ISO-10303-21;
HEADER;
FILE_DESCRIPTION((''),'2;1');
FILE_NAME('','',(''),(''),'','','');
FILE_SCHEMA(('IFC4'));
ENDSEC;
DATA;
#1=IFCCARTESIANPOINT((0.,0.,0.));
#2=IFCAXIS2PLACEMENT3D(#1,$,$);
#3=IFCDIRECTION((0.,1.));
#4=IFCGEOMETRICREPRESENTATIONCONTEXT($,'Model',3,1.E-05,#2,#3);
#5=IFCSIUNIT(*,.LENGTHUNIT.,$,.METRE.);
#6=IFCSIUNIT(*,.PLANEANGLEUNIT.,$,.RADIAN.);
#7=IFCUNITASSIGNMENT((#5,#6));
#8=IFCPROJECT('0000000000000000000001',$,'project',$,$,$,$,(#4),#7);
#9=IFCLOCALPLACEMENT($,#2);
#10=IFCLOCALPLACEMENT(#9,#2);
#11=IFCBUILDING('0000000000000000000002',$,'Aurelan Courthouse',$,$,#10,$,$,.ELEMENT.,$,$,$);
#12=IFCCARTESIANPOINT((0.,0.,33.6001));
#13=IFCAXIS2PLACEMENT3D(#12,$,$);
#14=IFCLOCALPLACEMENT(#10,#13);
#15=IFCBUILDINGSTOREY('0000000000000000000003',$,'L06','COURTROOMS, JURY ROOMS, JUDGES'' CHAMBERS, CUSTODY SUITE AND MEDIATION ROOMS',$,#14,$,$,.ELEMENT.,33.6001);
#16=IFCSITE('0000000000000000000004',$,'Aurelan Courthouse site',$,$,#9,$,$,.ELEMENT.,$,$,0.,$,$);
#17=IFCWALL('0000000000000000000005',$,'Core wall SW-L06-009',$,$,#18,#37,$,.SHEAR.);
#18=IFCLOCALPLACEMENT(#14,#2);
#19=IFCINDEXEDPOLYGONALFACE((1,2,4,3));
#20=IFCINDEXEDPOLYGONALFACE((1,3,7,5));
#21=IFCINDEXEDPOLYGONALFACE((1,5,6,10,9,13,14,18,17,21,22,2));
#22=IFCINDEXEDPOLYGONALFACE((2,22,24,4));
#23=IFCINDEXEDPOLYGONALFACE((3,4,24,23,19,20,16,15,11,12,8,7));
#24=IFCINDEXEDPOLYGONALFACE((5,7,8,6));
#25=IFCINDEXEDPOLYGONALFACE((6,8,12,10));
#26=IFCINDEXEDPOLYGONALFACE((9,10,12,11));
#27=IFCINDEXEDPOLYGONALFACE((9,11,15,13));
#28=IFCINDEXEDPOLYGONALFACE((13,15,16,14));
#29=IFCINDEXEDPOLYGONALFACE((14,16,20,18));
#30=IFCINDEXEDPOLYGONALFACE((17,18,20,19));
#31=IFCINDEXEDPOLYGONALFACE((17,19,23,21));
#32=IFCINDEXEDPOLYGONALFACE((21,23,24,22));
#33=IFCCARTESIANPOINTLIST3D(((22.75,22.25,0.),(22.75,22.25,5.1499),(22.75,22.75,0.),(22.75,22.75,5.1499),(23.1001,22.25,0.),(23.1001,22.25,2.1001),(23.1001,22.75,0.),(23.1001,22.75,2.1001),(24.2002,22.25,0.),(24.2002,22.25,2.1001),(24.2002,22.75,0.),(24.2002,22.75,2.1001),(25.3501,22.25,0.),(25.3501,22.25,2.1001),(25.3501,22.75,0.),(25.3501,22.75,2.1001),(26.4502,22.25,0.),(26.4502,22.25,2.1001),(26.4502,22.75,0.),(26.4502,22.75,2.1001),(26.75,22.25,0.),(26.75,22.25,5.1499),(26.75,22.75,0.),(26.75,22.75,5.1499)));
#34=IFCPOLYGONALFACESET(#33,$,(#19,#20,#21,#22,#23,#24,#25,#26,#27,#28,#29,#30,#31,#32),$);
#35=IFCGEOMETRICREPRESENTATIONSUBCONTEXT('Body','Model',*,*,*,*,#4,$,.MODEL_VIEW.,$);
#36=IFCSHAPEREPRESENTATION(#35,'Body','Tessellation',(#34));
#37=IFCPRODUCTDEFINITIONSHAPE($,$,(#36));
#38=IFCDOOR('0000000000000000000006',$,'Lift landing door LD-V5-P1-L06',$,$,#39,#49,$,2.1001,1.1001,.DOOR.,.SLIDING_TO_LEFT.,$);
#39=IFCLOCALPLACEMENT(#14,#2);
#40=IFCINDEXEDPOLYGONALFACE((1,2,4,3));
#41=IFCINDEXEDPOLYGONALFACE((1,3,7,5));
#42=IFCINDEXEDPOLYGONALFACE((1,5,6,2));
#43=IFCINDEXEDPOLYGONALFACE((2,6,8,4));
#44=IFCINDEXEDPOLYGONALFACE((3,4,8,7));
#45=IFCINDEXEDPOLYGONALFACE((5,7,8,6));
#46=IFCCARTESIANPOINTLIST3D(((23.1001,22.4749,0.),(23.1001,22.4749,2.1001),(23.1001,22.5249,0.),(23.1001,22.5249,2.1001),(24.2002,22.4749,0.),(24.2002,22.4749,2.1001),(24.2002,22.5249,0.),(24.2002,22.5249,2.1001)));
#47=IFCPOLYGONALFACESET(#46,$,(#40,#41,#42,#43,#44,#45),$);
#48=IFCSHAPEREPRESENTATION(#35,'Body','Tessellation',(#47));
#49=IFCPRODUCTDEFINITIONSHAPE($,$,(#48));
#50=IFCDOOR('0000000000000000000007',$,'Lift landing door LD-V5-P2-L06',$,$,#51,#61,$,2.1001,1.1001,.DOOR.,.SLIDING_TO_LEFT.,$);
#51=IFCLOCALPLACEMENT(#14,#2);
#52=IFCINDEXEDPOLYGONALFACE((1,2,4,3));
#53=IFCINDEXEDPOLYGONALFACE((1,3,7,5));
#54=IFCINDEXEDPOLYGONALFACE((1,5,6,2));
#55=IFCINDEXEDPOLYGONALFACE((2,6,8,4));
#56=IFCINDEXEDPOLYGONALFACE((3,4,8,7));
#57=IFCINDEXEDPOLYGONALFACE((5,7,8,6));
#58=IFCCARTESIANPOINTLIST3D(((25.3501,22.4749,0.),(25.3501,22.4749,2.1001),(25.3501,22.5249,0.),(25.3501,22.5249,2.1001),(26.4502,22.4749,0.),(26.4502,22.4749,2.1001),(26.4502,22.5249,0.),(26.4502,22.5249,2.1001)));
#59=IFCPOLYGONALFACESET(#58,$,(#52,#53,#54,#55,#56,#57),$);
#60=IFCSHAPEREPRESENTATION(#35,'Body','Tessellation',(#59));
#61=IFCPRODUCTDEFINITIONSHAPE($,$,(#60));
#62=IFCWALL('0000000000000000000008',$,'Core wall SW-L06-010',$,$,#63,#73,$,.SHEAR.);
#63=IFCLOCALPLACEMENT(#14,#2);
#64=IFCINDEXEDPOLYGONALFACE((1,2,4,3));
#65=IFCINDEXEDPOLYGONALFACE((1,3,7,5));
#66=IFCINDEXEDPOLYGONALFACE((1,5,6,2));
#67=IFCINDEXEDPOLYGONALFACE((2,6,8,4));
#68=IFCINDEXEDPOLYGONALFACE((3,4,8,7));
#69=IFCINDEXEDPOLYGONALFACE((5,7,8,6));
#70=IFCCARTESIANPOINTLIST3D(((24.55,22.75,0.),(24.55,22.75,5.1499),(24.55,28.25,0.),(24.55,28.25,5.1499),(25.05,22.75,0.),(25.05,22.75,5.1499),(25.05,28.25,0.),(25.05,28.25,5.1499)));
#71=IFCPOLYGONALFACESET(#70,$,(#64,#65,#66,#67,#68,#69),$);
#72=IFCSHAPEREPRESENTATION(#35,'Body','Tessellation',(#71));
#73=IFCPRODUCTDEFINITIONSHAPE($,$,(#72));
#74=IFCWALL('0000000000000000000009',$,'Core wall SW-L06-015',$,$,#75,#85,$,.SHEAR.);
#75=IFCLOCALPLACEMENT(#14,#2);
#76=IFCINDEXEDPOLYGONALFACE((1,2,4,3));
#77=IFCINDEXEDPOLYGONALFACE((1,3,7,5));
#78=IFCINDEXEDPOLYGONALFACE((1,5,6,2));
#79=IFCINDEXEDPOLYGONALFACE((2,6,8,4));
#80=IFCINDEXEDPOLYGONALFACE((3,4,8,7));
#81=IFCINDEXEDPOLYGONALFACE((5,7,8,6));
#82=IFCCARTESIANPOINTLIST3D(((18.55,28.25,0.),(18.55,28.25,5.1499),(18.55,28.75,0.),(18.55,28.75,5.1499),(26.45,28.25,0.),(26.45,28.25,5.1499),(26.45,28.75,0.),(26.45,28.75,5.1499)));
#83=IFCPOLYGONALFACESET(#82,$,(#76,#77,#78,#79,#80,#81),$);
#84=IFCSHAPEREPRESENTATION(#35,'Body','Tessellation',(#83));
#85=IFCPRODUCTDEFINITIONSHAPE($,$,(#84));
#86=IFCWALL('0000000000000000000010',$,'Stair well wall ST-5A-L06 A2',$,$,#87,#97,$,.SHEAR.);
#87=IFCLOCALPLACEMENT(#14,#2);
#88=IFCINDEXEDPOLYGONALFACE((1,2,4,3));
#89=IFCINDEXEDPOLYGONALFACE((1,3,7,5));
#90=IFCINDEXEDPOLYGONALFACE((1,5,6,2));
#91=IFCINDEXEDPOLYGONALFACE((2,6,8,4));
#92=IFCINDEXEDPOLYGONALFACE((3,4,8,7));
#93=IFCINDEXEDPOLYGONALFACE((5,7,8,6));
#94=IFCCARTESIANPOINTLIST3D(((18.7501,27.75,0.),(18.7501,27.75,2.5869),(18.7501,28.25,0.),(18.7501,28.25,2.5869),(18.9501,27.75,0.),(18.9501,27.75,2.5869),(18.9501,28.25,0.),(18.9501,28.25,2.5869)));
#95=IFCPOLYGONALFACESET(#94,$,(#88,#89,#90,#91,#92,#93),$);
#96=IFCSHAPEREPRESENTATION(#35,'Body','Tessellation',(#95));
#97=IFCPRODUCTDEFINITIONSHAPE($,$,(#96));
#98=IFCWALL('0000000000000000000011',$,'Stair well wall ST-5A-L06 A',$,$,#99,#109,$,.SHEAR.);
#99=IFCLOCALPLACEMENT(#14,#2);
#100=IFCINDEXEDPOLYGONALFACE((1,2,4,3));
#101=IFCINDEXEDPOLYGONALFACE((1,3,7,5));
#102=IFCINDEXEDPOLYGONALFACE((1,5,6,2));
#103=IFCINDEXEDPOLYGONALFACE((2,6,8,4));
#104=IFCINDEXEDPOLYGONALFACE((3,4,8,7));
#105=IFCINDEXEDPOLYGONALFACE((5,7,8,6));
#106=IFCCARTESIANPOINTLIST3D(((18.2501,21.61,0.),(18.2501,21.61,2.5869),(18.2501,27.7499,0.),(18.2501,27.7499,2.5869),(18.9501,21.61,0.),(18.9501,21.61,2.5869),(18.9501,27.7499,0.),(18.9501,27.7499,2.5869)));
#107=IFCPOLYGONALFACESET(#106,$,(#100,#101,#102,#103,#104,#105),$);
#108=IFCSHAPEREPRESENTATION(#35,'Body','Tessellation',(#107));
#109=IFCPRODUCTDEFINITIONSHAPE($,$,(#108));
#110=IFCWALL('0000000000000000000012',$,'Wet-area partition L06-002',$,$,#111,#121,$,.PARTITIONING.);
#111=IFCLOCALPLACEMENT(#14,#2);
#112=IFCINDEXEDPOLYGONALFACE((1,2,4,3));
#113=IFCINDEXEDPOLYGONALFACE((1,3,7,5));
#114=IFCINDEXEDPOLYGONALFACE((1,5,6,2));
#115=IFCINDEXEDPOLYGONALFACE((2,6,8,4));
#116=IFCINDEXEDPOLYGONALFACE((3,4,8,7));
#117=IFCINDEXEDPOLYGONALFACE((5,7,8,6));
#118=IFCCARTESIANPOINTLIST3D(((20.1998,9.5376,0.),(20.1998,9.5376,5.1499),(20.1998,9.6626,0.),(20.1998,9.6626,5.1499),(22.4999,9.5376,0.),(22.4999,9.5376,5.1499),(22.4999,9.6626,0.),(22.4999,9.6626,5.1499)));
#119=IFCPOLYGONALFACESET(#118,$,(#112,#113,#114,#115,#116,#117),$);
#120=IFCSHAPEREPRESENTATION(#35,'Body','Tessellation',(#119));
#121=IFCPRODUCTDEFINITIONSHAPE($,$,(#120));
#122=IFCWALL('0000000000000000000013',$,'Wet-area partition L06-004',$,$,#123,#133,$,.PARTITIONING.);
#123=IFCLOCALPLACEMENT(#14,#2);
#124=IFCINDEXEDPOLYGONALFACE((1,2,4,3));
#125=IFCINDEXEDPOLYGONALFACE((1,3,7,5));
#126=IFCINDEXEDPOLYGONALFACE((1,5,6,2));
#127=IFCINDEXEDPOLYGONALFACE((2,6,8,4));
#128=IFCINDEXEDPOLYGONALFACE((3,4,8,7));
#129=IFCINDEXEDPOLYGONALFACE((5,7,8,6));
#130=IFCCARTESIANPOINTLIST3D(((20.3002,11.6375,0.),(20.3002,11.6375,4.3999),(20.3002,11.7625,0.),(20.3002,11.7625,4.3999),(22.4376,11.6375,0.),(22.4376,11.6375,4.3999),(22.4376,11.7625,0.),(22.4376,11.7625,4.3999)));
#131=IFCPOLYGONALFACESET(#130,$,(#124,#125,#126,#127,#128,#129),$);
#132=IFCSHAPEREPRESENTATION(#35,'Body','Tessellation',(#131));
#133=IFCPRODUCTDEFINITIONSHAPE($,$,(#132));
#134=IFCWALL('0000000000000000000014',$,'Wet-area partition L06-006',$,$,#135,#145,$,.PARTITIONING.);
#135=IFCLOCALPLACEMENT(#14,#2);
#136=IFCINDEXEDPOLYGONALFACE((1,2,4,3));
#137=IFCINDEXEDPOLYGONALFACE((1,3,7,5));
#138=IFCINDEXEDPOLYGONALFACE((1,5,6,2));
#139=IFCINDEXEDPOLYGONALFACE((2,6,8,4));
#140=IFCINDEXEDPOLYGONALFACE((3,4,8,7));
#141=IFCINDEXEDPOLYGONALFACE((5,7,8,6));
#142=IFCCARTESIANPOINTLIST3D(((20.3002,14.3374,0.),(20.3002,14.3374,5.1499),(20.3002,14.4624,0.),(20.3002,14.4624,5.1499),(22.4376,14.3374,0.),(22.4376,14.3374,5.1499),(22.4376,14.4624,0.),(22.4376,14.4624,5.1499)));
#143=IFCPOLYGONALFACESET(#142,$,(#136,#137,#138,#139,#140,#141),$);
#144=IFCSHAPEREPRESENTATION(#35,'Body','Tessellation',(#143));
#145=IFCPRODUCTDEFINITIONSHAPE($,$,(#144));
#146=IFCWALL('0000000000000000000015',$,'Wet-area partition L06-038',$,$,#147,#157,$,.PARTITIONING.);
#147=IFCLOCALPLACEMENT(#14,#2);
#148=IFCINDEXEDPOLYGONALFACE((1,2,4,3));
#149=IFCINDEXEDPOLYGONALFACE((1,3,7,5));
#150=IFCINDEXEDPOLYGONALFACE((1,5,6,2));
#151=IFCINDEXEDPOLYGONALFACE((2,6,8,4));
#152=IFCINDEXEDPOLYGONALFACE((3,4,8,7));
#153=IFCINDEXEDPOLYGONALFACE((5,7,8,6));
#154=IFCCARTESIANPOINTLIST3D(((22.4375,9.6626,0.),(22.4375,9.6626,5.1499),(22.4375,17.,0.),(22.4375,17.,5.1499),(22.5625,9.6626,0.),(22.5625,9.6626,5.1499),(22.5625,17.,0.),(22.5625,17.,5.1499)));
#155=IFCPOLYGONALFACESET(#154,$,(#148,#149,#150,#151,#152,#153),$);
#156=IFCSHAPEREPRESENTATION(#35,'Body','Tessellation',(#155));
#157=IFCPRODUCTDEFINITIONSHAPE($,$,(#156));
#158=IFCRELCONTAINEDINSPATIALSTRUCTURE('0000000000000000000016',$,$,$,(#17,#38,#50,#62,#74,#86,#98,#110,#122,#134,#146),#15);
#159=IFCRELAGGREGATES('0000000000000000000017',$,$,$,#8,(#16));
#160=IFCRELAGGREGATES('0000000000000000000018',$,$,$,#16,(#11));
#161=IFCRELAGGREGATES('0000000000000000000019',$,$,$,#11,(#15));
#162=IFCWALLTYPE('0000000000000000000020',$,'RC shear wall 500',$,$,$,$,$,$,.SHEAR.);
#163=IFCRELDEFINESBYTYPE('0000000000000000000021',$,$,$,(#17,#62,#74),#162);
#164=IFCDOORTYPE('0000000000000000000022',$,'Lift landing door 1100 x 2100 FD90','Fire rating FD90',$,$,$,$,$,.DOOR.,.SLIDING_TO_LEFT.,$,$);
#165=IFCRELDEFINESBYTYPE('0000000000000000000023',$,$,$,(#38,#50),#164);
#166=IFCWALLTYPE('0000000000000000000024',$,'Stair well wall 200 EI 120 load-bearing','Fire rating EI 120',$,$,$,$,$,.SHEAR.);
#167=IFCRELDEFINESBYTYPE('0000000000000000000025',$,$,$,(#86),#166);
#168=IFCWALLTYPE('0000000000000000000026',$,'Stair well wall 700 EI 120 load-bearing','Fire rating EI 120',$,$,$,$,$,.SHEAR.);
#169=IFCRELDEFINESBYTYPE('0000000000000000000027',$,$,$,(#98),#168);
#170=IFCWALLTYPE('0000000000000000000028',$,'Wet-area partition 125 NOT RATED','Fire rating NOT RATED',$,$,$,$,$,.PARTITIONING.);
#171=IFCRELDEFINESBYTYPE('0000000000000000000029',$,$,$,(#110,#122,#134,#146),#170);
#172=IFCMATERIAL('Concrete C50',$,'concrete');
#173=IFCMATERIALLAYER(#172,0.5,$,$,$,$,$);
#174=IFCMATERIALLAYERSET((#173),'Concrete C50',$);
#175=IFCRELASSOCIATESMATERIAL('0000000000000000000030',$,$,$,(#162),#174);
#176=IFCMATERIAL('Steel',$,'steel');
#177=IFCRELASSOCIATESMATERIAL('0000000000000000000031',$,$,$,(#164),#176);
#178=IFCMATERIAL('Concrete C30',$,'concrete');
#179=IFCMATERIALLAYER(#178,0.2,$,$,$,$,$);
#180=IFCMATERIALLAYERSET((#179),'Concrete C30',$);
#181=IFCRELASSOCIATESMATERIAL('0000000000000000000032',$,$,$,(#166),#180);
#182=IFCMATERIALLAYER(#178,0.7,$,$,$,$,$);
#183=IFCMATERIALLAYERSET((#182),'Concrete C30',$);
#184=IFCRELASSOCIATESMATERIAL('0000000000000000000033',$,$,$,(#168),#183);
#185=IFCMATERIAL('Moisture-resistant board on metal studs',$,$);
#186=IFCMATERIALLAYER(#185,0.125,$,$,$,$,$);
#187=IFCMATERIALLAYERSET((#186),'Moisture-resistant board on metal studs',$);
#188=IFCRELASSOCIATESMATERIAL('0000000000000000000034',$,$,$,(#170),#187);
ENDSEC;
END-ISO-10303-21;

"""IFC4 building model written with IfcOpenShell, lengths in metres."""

from ifc_helpers import new_model, si_unit, direction, frame, frame_2d, origin, place, context, subcontext, project, spatial, rectangle, extrude, material, layer, layer_set, type_object, element, fill, save


model = new_model("IFC4")

# Units and contexts
model_context = context("Model", 3, precision=1e-05, world=origin(), true_north=direction((0.0, 1.0)))
body_context = subcontext(model_context, "Body", "Model", "MODEL_VIEW")
ifc_project = project(units=[si_unit("LENGTHUNIT", "METRE"), si_unit("PLANEANGLEUNIT", "RADIAN")], contexts=[model_context])

# Site, building, storey
site_placement = place(None, origin())
site = spatial("IfcSite", under=ifc_project, at=site_placement, Name="Aurelan Courthouse site", CompositionType="ELEMENT", RefElevation=0.0)
building_placement = place(site_placement, origin())
building = spatial("IfcBuilding", under=site, at=building_placement, Name="Aurelan Courthouse", CompositionType="ELEMENT")
storey_placement = place(building_placement, frame((0.0, 0.0, 33.6001)))
storey = spatial("IfcBuildingStorey", under=building, at=storey_placement, Name="L06", Description="COURTROOMS, JURY ROOMS, JUDGES' CHAMBERS, CUSTODY SUITE AND MEDIATION ROOMS", CompositionType="ELEMENT", Elevation=33.6001)

# Shared definitions
ifc_material_1 = material(Name="Concrete C50", Category="concrete")

# Shared definitions
ifc_material_2 = material(Name="Concrete C30", Category="concrete")

# Shared definitions
ifc_material_3 = material(Name="Steel", Category="steel")

# Shared definitions
ifc_layer_1 = layer(ifc_material_1, 0.5)
ifc_layer_set_1 = layer_set([ifc_layer_1], Name="Concrete C50")
wall_type_1 = type_object("IfcWallType", Name="RC shear wall 500", PredefinedType="SHEAR", material=ifc_layer_set_1)

# Wall, openings, doors
wall_1_placement = place(storey_placement, frame((22.75, 22.5, 0.0), z_axis=(0.0, 0.0, 1.0), x_axis=(1.0, 0.0, 0.0)))
wall_1 = element("IfcWall", 1, at=wall_1_placement, inside=storey, type_object=wall_type_1, Name="Core wall SW-L06-009", PredefinedType="SHEAR", context=body_context, shape_type="SweptSolid", body=[
    extrude(rectangle(XDim=4.0, YDim=0.5, at=frame_2d((2.0, 0.0))), origin(), (0.0, 0.0, 1.0), 5.1499),
])
opening_1_placement = place(wall_1_placement, frame((0.3501, 0.0, 0.0)))
opening_1 = element("IfcOpeningElement", 2, at=opening_1_placement, cuts=wall_1, PredefinedType="OPENING", context=body_context, shape_type="SweptSolid", body=[
    extrude(rectangle(XDim=1.1001, YDim=2.1001, at=frame_2d((0.55, 1.05))), frame((0.0, 0.26, 0.0), z_axis=(0.0, -1.0, 0.0), x_axis=(1.0, 0.0, 0.0)), (0.0, 0.0, 1.0), 0.52),
])
opening_2_placement = place(wall_1_placement, frame((2.6001, 0.0, 0.0)))
opening_2 = element("IfcOpeningElement", 3, at=opening_2_placement, cuts=wall_1, PredefinedType="OPENING", context=body_context, shape_type="SweptSolid", body=[
    extrude(rectangle(XDim=1.1001, YDim=2.1001, at=frame_2d((0.55, 1.05))), frame((0.0, 0.26, 0.0), z_axis=(0.0, -1.0, 0.0), x_axis=(1.0, 0.0, 0.0)), (0.0, 0.0, 1.0), 0.52),
])
door_type_1 = type_object("IfcDoorType", Name="Lift landing door 1100 x 2100 FD90", Description="Fire rating FD90", OperationType="SLIDING_TO_LEFT", PredefinedType="DOOR", material=ifc_material_3)
door_1_placement = place(opening_1_placement, origin())
door_1 = element("IfcDoor", 4, at=door_1_placement, inside=storey, type_object=door_type_1, Name="Lift landing door LD-V5-P1-L06", OperationType="SLIDING_TO_LEFT", OverallHeight=2.1001, OverallWidth=1.1001, PredefinedType="DOOR", context=body_context, shape_type="SweptSolid", body=[
    extrude(rectangle(XDim=1.1001, YDim=2.1001, at=frame_2d((0.55, 1.05))), frame((0.0, 0.0249, 0.0), z_axis=(0.0, -1.0, 0.0), x_axis=(1.0, 0.0, 0.0)), (0.0, 0.0, 1.0), 0.05),
])
fill(opening_1, door_1)
door_2_placement = place(opening_2_placement, origin())
door_2 = element("IfcDoor", 5, at=door_2_placement, inside=storey, type_object=door_type_1, Name="Lift landing door LD-V5-P2-L06", OperationType="SLIDING_TO_LEFT", OverallHeight=2.1001, OverallWidth=1.1001, PredefinedType="DOOR", context=body_context, shape_type="SweptSolid", body=[
    extrude(rectangle(XDim=1.1001, YDim=2.1001, at=frame_2d((0.55, 1.05))), frame((0.0, 0.0249, 0.0), z_axis=(0.0, -1.0, 0.0), x_axis=(1.0, 0.0, 0.0)), (0.0, 0.0, 1.0), 0.05),
])
fill(opening_2, door_2)

# Walls
wall_2_placement = place(storey_placement, frame((24.8, 22.75, 0.0), z_axis=(0.0, 0.0, 1.0), x_axis=(0.0, 1.0, 0.0)))
element("IfcWall", 6, at=wall_2_placement, inside=storey, type_object=wall_type_1, Name="Core wall SW-L06-010", PredefinedType="SHEAR", context=body_context, shape_type="SweptSolid", body=[
    extrude(rectangle(XDim=5.5, YDim=0.5, at=frame_2d((2.75, 0.0))), origin(), (0.0, 0.0, 1.0), 5.1499),
])
wall_3_placement = place(storey_placement, frame((18.55, 28.5, 0.0), z_axis=(0.0, 0.0, 1.0), x_axis=(1.0, 0.0, 0.0)))
element("IfcWall", 7, at=wall_3_placement, inside=storey, type_object=wall_type_1, Name="Core wall SW-L06-015", PredefinedType="SHEAR", context=body_context, shape_type="SweptSolid", body=[
    extrude(rectangle(XDim=7.8999, YDim=0.5, at=frame_2d((3.95, 0.0))), origin(), (0.0, 0.0, 1.0), 5.1499),
])
ifc_layer_2 = layer(ifc_material_2, 0.2)
ifc_layer_set_2 = layer_set([ifc_layer_2], Name="Concrete C30")
wall_type_2 = type_object("IfcWallType", Name="Stair well wall 200 EI 120 load-bearing", Description="Fire rating EI 120", PredefinedType="SHEAR", material=ifc_layer_set_2)
wall_4_placement = place(storey_placement, frame((18.8501, 27.75, 0.0), z_axis=(0.0, 0.0, 1.0), x_axis=(0.0, 1.0, 0.0)))
element("IfcWall", 8, at=wall_4_placement, inside=storey, type_object=wall_type_2, Name="Stair well wall ST-5A-L06 A2", PredefinedType="SHEAR", context=body_context, shape_type="SweptSolid", body=[
    extrude(rectangle(XDim=0.5, YDim=0.2, at=frame_2d((0.25, 0.0))), origin(), (0.0, 0.0, 1.0), 2.5869),
])
ifc_layer_3 = layer(ifc_material_2, 0.7)
ifc_layer_set_3 = layer_set([ifc_layer_3], Name="Concrete C30")
wall_type_3 = type_object("IfcWallType", Name="Stair well wall 700 EI 120 load-bearing", Description="Fire rating EI 120", PredefinedType="SHEAR", material=ifc_layer_set_3)
wall_5_placement = place(storey_placement, frame((18.6001, 21.6101, 0.0), z_axis=(0.0, 0.0, 1.0), x_axis=(0.0, 1.0, 0.0)))
element("IfcWall", 9, at=wall_5_placement, inside=storey, type_object=wall_type_3, Name="Stair well wall ST-5A-L06 A", PredefinedType="SHEAR", context=body_context, shape_type="SweptSolid", body=[
    extrude(rectangle(XDim=6.1399, YDim=0.7, at=frame_2d((3.0698, 0.0))), origin(), (0.0, 0.0, 1.0), 2.5869),
])
ifc_material_4 = material(Name="Moisture-resistant board on metal studs")
ifc_layer_4 = layer(ifc_material_4, 0.125)
ifc_layer_set_4 = layer_set([ifc_layer_4], Name="Moisture-resistant board on metal studs")
wall_type_4 = type_object("IfcWallType", Name="Wet-area partition 125 NOT RATED", Description="Fire rating NOT RATED", PredefinedType="PARTITIONING", material=ifc_layer_set_4)
wall_6_placement = place(storey_placement, frame((20.2, 9.6001, 0.0), z_axis=(0.0, 0.0, 1.0), x_axis=(1.0, 0.0, 0.0)))
element("IfcWall", 10, at=wall_6_placement, inside=storey, type_object=wall_type_4, Name="Wet-area partition L06-002", PredefinedType="PARTITIONING", context=body_context, shape_type="SweptSolid", body=[
    extrude(rectangle(XDim=2.3, YDim=0.125, at=frame_2d((1.1499, 0.0))), origin(), (0.0, 0.0, 1.0), 5.1499),
])
wall_7_placement = place(storey_placement, frame((20.3, 11.7, 0.0), z_axis=(0.0, 0.0, 1.0), x_axis=(1.0, 0.0, 0.0)))
element("IfcWall", 11, at=wall_7_placement, inside=storey, type_object=wall_type_4, Name="Wet-area partition L06-004", PredefinedType="PARTITIONING", context=body_context, shape_type="SweptSolid", body=[
    extrude(rectangle(XDim=2.1375, YDim=0.125, at=frame_2d((1.0688, 0.0))), origin(), (0.0, 0.0, 1.0), 4.3999),
])
wall_8_placement = place(storey_placement, frame((20.3, 14.3999, 0.0), z_axis=(0.0, 0.0, 1.0), x_axis=(1.0, 0.0, 0.0)))
element("IfcWall", 12, at=wall_8_placement, inside=storey, type_object=wall_type_4, Name="Wet-area partition L06-006", PredefinedType="PARTITIONING", context=body_context, shape_type="SweptSolid", body=[
    extrude(rectangle(XDim=2.1375, YDim=0.125, at=frame_2d((1.0688, 0.0))), origin(), (0.0, 0.0, 1.0), 5.1499),
])
wall_9_placement = place(storey_placement, frame((22.5, 9.6626, 0.0), z_axis=(0.0, 0.0, 1.0), x_axis=(0.0, 1.0, 0.0)))
element("IfcWall", 13, at=wall_9_placement, inside=storey, type_object=wall_type_4, Name="Wet-area partition L06-038", PredefinedType="PARTITIONING", context=body_context, shape_type="SweptSolid", body=[
    extrude(rectangle(XDim=7.3374, YDim=0.125, at=frame_2d((3.6687, 0.0))), origin(), (0.0, 0.0, 1.0), 5.1499),
])

save(model, "model.ifc")
